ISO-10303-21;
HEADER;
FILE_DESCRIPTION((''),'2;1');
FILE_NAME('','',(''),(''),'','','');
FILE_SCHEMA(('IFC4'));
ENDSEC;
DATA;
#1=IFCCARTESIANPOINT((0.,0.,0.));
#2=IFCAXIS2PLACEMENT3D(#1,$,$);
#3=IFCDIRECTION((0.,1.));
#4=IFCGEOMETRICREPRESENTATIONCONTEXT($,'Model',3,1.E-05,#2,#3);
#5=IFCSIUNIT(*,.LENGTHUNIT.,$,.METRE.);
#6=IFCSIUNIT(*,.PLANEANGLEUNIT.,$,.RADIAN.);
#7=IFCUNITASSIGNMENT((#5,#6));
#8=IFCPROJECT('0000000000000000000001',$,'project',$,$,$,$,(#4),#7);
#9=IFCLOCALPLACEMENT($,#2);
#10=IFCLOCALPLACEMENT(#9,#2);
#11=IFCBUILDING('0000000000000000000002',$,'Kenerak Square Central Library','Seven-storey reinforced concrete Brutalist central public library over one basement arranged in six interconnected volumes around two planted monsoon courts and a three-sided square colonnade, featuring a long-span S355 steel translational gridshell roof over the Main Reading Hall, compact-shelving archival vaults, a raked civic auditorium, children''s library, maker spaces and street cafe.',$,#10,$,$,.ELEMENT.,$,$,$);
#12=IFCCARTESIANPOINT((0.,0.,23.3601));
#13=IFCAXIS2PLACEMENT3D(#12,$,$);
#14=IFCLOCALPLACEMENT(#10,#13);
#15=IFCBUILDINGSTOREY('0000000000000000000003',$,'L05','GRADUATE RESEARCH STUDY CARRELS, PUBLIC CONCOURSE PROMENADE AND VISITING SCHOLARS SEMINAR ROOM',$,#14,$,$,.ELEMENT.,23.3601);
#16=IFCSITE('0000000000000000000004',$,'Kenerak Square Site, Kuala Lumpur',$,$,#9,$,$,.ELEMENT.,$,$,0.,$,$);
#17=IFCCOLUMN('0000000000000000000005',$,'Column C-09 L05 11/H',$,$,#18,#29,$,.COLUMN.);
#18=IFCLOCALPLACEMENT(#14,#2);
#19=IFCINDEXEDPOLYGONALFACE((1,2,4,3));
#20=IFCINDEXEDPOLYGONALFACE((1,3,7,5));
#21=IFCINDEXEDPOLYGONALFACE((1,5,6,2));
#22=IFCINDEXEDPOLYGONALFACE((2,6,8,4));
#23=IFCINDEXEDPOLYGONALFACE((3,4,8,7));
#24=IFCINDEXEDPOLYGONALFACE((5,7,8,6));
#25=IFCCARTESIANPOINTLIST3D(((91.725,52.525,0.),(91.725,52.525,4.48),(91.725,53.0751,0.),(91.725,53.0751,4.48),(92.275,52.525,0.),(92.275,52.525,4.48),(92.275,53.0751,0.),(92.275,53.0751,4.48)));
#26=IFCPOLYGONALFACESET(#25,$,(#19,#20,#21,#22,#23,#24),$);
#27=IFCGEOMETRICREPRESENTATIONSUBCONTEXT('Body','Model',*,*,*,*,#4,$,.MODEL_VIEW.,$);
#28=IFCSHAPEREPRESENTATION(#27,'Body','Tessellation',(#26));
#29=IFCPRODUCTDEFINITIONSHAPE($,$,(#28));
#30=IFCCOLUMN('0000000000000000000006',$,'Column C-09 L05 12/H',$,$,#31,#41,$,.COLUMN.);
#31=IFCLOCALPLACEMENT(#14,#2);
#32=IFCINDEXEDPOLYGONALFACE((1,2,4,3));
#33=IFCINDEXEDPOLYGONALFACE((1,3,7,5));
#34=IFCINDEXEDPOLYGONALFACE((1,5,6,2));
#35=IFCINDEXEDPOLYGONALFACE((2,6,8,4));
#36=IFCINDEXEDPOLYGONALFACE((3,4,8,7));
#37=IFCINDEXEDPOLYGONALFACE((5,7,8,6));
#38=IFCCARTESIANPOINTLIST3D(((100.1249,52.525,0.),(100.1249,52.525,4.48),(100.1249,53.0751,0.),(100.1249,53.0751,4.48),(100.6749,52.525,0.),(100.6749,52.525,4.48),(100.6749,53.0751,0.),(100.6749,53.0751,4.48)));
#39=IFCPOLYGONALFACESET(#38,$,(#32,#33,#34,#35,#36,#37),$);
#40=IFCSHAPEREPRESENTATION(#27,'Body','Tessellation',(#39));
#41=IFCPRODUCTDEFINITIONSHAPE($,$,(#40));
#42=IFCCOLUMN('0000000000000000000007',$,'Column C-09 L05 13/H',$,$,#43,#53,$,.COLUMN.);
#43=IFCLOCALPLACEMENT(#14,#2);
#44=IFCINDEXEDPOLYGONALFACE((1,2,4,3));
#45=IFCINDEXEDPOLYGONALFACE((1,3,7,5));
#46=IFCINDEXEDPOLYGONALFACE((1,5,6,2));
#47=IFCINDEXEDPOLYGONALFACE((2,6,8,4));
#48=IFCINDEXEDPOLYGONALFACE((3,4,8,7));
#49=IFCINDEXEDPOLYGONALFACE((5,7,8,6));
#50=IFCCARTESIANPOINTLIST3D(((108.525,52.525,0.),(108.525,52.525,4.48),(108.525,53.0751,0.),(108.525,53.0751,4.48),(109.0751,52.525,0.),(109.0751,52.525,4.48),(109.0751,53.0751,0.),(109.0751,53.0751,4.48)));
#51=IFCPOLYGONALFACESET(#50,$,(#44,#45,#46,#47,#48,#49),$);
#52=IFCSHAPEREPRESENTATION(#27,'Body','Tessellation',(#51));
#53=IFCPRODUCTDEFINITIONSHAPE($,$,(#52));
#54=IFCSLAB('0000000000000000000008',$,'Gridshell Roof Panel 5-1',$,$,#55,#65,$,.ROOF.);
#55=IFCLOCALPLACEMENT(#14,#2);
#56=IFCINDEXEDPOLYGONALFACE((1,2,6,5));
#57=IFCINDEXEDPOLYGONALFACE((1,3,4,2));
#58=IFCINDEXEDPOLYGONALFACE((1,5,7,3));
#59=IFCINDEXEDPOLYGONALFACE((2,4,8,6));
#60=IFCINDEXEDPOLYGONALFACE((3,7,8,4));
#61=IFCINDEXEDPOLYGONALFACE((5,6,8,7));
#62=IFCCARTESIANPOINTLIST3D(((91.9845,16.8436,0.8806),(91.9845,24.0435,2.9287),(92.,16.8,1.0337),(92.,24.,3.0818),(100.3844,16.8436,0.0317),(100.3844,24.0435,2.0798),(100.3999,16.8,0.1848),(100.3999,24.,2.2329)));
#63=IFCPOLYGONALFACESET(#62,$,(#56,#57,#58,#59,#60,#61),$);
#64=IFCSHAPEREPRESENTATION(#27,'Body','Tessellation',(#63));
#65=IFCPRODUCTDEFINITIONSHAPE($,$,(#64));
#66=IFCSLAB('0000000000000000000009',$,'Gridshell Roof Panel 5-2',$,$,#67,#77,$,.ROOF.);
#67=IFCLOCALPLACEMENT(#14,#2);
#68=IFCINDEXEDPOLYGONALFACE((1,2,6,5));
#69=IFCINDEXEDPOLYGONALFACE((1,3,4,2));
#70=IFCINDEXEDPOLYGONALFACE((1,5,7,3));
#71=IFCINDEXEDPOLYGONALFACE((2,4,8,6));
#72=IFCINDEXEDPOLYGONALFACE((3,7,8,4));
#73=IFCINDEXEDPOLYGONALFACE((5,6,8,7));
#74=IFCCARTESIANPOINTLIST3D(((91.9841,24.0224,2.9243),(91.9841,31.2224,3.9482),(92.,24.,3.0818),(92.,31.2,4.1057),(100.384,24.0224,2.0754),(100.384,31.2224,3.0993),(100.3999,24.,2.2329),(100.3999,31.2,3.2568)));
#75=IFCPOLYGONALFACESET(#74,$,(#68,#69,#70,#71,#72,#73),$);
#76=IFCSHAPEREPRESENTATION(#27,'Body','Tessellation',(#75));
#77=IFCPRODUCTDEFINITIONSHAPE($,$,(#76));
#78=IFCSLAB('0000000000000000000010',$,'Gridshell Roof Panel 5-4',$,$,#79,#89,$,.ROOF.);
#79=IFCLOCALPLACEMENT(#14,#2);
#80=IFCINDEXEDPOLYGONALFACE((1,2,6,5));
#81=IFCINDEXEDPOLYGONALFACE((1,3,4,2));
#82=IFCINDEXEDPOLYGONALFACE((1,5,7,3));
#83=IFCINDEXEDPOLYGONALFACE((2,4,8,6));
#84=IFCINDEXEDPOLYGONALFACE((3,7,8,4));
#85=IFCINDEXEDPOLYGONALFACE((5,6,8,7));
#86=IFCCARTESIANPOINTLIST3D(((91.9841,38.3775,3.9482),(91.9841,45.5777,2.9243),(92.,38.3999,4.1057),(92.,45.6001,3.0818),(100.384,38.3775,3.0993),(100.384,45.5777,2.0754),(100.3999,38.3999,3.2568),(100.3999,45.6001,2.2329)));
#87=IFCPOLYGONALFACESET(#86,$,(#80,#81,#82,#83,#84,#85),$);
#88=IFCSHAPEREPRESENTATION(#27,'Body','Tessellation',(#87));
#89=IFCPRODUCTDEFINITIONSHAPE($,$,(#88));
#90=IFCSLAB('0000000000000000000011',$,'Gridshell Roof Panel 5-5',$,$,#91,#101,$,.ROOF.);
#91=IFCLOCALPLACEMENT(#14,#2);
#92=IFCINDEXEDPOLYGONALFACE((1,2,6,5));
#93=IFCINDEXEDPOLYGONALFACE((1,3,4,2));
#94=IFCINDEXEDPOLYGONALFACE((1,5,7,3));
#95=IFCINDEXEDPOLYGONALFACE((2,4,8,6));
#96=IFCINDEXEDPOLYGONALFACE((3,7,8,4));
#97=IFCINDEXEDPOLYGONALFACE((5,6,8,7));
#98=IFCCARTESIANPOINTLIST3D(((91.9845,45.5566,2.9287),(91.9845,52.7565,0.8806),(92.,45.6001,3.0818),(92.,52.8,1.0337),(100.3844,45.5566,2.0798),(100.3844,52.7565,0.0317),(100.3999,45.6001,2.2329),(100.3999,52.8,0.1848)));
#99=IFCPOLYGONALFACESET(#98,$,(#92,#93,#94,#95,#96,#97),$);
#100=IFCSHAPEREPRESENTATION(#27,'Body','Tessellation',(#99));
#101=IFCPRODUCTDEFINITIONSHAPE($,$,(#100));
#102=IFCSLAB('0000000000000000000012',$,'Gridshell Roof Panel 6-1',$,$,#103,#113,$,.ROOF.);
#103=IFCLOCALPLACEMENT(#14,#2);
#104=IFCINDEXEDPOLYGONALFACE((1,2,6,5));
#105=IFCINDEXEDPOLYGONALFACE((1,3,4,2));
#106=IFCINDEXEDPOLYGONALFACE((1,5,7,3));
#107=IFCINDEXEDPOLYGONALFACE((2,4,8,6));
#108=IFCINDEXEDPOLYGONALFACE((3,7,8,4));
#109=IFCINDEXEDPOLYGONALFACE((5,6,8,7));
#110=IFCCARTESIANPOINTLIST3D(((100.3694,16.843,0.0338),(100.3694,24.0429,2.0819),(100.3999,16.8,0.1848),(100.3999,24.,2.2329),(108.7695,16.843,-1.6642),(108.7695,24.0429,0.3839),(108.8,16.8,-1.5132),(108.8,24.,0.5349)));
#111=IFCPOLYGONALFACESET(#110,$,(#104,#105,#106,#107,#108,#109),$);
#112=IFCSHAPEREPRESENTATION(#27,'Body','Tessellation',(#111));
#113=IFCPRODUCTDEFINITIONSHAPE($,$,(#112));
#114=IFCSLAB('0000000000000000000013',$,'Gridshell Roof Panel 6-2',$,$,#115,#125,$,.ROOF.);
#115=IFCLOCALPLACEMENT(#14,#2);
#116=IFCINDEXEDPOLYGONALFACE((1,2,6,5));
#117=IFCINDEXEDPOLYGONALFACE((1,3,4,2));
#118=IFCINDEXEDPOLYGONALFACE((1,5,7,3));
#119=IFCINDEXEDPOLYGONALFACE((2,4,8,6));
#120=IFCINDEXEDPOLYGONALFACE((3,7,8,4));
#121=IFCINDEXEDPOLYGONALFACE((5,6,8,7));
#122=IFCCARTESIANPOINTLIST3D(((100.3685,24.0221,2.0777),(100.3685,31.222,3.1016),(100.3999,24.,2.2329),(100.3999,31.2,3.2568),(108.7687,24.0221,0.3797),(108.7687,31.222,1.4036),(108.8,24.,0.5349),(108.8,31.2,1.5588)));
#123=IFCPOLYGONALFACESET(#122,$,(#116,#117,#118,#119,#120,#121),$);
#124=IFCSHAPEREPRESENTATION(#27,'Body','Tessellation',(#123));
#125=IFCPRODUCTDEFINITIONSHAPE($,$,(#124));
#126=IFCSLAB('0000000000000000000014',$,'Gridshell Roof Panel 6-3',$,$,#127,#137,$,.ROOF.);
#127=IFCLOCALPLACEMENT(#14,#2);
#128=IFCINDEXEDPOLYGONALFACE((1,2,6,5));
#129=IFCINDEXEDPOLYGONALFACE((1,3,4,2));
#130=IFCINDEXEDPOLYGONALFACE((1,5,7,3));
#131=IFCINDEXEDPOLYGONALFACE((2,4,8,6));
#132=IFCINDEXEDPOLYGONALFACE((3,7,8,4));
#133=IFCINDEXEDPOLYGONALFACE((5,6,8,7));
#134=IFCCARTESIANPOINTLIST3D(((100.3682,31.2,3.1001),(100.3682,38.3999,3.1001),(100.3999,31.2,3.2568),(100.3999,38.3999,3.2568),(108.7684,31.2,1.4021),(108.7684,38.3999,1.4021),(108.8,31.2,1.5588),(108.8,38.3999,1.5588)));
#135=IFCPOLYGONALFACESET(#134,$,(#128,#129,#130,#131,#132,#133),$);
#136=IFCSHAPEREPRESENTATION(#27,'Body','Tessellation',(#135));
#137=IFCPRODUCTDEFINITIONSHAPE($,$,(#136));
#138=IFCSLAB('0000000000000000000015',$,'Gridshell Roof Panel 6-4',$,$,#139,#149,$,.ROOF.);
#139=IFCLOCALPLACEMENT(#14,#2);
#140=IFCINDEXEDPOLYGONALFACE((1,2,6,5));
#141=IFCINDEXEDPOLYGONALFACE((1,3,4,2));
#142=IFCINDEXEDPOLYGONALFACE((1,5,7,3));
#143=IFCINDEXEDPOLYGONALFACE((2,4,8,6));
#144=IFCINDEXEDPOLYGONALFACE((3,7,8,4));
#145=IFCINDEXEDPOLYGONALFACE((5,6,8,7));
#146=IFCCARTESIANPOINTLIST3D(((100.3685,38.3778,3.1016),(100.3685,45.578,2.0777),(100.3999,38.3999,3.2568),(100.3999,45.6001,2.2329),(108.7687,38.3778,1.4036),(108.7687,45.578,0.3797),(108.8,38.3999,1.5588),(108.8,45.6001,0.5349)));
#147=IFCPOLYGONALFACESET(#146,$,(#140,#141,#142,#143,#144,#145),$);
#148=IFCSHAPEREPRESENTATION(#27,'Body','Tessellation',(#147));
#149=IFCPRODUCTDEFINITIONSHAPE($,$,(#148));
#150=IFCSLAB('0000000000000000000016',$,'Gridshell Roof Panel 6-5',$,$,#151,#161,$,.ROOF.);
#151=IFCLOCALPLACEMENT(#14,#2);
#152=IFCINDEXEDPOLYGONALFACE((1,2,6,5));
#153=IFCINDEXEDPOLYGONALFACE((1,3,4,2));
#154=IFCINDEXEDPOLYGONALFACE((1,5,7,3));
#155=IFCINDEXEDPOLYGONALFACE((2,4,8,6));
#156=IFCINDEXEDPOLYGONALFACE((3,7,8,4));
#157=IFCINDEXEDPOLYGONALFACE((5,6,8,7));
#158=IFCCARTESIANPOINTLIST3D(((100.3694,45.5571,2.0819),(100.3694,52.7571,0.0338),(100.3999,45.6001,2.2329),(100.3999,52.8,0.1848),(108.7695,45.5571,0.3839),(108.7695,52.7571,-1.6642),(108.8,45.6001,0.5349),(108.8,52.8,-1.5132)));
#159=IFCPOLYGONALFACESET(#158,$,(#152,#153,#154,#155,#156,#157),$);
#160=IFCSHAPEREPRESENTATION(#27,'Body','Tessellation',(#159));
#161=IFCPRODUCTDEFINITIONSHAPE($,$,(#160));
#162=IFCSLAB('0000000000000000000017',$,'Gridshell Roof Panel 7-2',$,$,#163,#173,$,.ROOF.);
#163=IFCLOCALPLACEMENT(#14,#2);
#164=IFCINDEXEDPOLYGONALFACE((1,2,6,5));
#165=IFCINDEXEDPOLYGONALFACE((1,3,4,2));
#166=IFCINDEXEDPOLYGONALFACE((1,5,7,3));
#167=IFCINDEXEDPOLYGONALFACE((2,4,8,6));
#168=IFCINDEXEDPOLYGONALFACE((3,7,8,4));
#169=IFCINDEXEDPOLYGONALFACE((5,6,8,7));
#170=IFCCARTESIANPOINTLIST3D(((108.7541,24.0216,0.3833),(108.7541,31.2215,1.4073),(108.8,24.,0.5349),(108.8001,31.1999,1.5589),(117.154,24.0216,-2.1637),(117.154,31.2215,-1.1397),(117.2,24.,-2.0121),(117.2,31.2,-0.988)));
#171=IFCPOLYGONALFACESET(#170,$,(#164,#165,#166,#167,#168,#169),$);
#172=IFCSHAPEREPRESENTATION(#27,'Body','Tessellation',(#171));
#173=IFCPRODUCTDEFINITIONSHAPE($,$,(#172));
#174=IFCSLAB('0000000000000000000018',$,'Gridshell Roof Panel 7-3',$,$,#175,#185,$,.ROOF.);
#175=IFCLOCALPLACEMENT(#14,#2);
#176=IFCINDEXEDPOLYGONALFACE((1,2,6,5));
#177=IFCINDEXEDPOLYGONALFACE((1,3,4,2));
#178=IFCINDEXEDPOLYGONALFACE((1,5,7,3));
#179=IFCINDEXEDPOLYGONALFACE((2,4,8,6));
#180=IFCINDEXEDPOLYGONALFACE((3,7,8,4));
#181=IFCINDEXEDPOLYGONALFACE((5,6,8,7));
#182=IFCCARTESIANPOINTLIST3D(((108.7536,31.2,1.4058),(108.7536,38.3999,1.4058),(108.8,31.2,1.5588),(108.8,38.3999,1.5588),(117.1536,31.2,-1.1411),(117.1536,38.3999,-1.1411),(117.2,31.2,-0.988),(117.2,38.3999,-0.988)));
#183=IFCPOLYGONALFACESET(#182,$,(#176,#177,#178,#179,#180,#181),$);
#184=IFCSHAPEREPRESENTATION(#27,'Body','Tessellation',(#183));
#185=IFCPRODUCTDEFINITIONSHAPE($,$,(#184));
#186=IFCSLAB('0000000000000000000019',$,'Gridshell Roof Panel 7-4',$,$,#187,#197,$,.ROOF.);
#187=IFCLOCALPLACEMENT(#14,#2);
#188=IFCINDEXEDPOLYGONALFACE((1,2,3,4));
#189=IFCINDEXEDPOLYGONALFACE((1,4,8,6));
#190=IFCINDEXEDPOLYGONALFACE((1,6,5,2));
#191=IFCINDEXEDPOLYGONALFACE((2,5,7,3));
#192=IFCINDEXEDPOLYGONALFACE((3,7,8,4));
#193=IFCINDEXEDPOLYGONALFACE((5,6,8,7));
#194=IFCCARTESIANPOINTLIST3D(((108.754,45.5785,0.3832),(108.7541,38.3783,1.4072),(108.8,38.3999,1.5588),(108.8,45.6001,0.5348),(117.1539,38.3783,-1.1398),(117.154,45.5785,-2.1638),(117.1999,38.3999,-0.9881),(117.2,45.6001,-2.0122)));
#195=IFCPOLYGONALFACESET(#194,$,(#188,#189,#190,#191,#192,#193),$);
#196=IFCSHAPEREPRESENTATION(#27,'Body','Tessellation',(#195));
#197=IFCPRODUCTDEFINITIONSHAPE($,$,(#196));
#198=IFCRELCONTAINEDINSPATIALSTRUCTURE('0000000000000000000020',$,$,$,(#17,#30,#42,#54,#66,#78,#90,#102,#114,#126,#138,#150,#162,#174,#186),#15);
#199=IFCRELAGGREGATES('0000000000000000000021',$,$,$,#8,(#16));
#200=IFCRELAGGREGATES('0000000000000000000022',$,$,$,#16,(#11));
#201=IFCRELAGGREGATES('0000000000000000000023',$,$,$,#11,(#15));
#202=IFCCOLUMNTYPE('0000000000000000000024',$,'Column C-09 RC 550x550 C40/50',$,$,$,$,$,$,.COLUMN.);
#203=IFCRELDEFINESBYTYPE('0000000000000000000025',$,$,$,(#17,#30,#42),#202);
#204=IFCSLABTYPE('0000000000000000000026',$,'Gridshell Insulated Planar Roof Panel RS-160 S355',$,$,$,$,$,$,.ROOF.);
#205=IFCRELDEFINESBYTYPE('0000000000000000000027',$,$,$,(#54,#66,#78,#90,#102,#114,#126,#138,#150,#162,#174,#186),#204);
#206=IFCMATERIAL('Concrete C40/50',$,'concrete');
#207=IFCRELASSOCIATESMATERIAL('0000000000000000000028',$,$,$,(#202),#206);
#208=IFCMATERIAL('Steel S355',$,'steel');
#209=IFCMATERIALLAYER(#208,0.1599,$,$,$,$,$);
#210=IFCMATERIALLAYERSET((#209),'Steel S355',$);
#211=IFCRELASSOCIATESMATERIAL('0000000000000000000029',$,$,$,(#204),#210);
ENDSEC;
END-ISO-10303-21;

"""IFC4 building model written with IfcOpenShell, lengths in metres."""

from ifc_helpers import new_model, si_unit, direction, frame, origin, origin_2d, place, context, subcontext, project, spatial, polyline, rectangle, outline, extrude, material, layer, layer_set, material_profile, profile_set, type_object, element, save


model = new_model("IFC4")

# Units and contexts
model_context = context("Model", 3, precision=1e-05, world=origin(), true_north=direction((0.0, 1.0)))
body_context = subcontext(model_context, "Body", "Model", "MODEL_VIEW")
ifc_project = project(units=[si_unit("LENGTHUNIT", "METRE"), si_unit("PLANEANGLEUNIT", "RADIAN")], contexts=[model_context])

# Site, building, storey
site_placement = place(None, origin())
site = spatial("IfcSite", under=ifc_project, at=site_placement, Name="Kenerak Square Site, Kuala Lumpur", CompositionType="ELEMENT", RefElevation=0.0)
building_placement = place(site_placement, origin())
building = spatial("IfcBuilding", under=site, at=building_placement, Name="Kenerak Square Central Library", Description="Seven-storey reinforced concrete Brutalist central public library over one basement arranged in six interconnected volumes around two planted monsoon courts and a three-sided square colonnade, featuring a long-span S355 steel translational gridshell roof over the Main Reading Hall, compact-shelving archival vaults, a raked civic auditorium, children's library, maker spaces and street cafe.", CompositionType="ELEMENT")
storey_placement = place(building_placement, frame((0.0, 0.0, 23.3601)))
storey = spatial("IfcBuildingStorey", under=building, at=storey_placement, Name="L05", Description="GRADUATE RESEARCH STUDY CARRELS, PUBLIC CONCOURSE PROMENADE AND VISITING SCHOLARS SEMINAR ROOM", CompositionType="ELEMENT", Elevation=23.3601)

# Columns
ifc_material_1 = material(Name="Concrete C40/50", Category="concrete")
ifc_material_profile = material_profile(ifc_material_1, rectangle(XDim=0.55, YDim=0.55, at=origin_2d()), Name="RC 550x550")
ifc_profile_set = profile_set([ifc_material_profile], Name="Concrete C40/50")
column_type = type_object("IfcColumnType", Name="Column C-09 RC 550x550 C40/50", PredefinedType="COLUMN", material=ifc_profile_set)
for number, where, z_axis, x_axis, name in (
    (1, (92.0, 52.8, 0.0), (0.0, 0.0, 1.0), (1.0, 0.0, 0.0), "Column C-09 L05 11/H"),
    (2, (100.3999, 52.8, 0.0), (0.0, 0.0, 1.0), (1.0, 0.0, 0.0), "Column C-09 L05 12/H"),
    (3, (108.8, 52.8, 0.0), (0.0, 0.0, 1.0), (1.0, 0.0, 0.0), "Column C-09 L05 13/H"),
):
    element("IfcColumn", number, at=place(storey_placement, frame(where, z_axis=z_axis, x_axis=x_axis)), inside=storey, type_object=column_type, Name=name, PredefinedType="COLUMN", context=body_context, shape_type="SweptSolid", body=[
        extrude(rectangle(XDim=0.55, YDim=0.55, at=origin_2d()), origin(), (0.0, 0.0, 1.0), 4.48),
    ])

# Slabs
ifc_material_2 = material(Name="Steel S355", Category="steel")
ifc_layer_1 = layer(ifc_material_2, 0.1599)
ifc_layer_set_1 = layer_set([ifc_layer_1], Name="Steel S355")
slab_type = type_object("IfcSlabType", Name="Gridshell Insulated Planar Roof Panel RS-160 S355", PredefinedType="ROOF", material=ifc_layer_set_1)
slab_1_placement = place(storey_placement, frame((92.0, 16.8, 1.0337), z_axis=(0.096746, -0.272322, 0.95733), x_axis=(0.994932, 0.0, -0.100546)))
element("IfcSlab", 4, at=slab_1_placement, inside=storey, type_object=slab_type, Name="Gridshell Roof Panel 5-1", PredefinedType="ROOF", context=body_context, shape_type="SweptSolid", body=[
    extrude(outline(polyline([(0.0, 0.0), (8.4427, 0.0), (8.2368, 7.4828), (-0.2059, 7.4828), (0.0, 0.0)])), origin(), (0.0, 0.0, -1.0), 0.1599),
])
slab_2_placement = place(storey_placement, frame((92.0, 24.0, 3.0818), z_axis=(0.099554, -0.140097, 0.98512), x_axis=(0.994932, 0.0, -0.100546)))
element("IfcSlab", 5, at=slab_2_placement, inside=storey, type_object=slab_type, Name="Gridshell Roof Panel 5-2", PredefinedType="ROOF", context=body_context, shape_type="SweptSolid", body=[
    extrude(outline(polyline([(0.0, 0.0), (8.4427, 0.0), (8.3397, 7.2717), (-0.103, 7.2717), (0.0, 0.0)])), origin(), (0.0, 0.0, -1.0), 0.1599),
])
slab_3_placement = place(storey_placement, frame((92.0, 38.3999, 4.1057), z_axis=(0.099554, 0.140092, 0.985121), x_axis=(0.994932, 0.0, -0.100546)))
element("IfcSlab", 6, at=slab_3_placement, inside=storey, type_object=slab_type, Name="Gridshell Roof Panel 5-4", PredefinedType="ROOF", context=body_context, shape_type="SweptSolid", body=[
    extrude(outline(polyline([(0.0, 0.0), (8.4427, 0.0), (8.5456, 7.2719), (0.103, 7.2719), (0.0, 0.0)])), origin(), (0.0, 0.0, -1.0), 0.1599),
])
slab_4_placement = place(storey_placement, frame((92.0, 45.6001, 3.0818), z_axis=(0.096746, 0.272322, 0.95733), x_axis=(0.994932, 0.0, -0.100546)))
element("IfcSlab", 7, at=slab_4_placement, inside=storey, type_object=slab_type, Name="Gridshell Roof Panel 5-5", PredefinedType="ROOF", context=body_context, shape_type="SweptSolid", body=[
    extrude(outline(polyline([(0.0, 0.0), (8.4427, 0.0), (8.6486, 7.4828), (0.2059, 7.4828), (0.0, 0.0)])), origin(), (0.0, 0.0, -1.0), 0.1599),
])
slab_5_placement = place(storey_placement, frame((100.3999, 16.8, 0.1848), z_axis=(0.190852, -0.268576, 0.944162), x_axis=(0.980175, 0.0, -0.198132)))
element("IfcSlab", 8, at=slab_5_placement, inside=storey, type_object=slab_type, Name="Gridshell Roof Panel 6-1", PredefinedType="ROOF", context=body_context, shape_type="SweptSolid", body=[
    extrude(outline(polyline([(0.0, 0.0), (8.57, 0.0), (8.1643, 7.4746), (-0.4058, 7.4746), (0.0, 0.0)])), origin(), (0.0, 0.0, -1.0), 0.1599),
])
slab_6_placement = place(storey_placement, frame((100.3999, 24.0, 2.2329), z_axis=(0.196234, -0.138059, 0.970789), x_axis=(0.980175, 0.0, -0.198132)))
element("IfcSlab", 9, at=slab_6_placement, inside=storey, type_object=slab_type, Name="Gridshell Roof Panel 6-2", PredefinedType="ROOF", context=body_context, shape_type="SweptSolid", body=[
    extrude(outline(polyline([(0.0, 0.0), (8.57, 0.0), (8.3672, 7.2696), (-0.2029, 7.2696), (0.0, 0.0)])), origin(), (0.0, 0.0, -1.0), 0.1599),
])
slab_7_placement = place(storey_placement, frame((100.3999, 31.2, 3.2568), z_axis=(0.198132, 0.0, 0.980175), x_axis=(0.980175, 0.0, -0.198132)))
element("IfcSlab", 10, at=slab_7_placement, inside=storey, type_object=slab_type, Name="Gridshell Roof Panel 6-3", PredefinedType="ROOF", context=body_context, shape_type="SweptSolid", body=[
    extrude(outline(polyline([(0.0, 0.0), (8.57, 0.0), (8.57, 7.2), (0.0, 7.2), (0.0, 0.0)])), origin(), (0.0, 0.0, -1.0), 0.1599),
])
slab_8_placement = place(storey_placement, frame((100.3999, 38.3999, 3.2568), z_axis=(0.196235, 0.138054, 0.97079), x_axis=(0.980175, 0.0, -0.198132)))
element("IfcSlab", 11, at=slab_8_placement, inside=storey, type_object=slab_type, Name="Gridshell Roof Panel 6-4", PredefinedType="ROOF", context=body_context, shape_type="SweptSolid", body=[
    extrude(outline(polyline([(0.0, 0.0), (8.57, 0.0), (8.7729, 7.2698), (0.2029, 7.2698), (0.0, 0.0)])), origin(), (0.0, 0.0, -1.0), 0.1599),
])
slab_9_placement = place(storey_placement, frame((100.3999, 45.6001, 2.2329), z_axis=(0.190852, 0.268576, 0.944162), x_axis=(0.980175, 0.0, -0.198132)))
element("IfcSlab", 12, at=slab_9_placement, inside=storey, type_object=slab_type, Name="Gridshell Roof Panel 6-5", PredefinedType="ROOF", context=body_context, shape_type="SweptSolid", body=[
    extrude(outline(polyline([(0.0, 0.0), (8.57, 0.0), (8.9758, 7.4746), (0.4058, 7.4746), (0.0, 0.0)])), origin(), (0.0, 0.0, -1.0), 0.1599),
])
slab_10_placement = place(storey_placement, frame((108.8, 24.0, 0.5349), z_axis=(0.28752, -0.134867, 0.948232), x_axis=(0.956975, -0.000002, -0.290172)))
element("IfcSlab", 13, at=slab_10_placement, inside=storey, type_object=slab_type, Name="Gridshell Roof Panel 7-2", PredefinedType="ROOF", context=body_context, shape_type="SweptSolid", body=[
    extrude(outline(polyline([(0.0, 0.0), (8.7776, 0.0), (8.4804, 7.2664), (-0.2971, 7.2663), (0.0, 0.0)])), origin(), (0.0, 0.0, -1.0), 0.1599),
])
slab_11_placement = place(storey_placement, frame((108.8, 31.2, 1.5588), z_axis=(0.290159, 0.0, 0.956979), x_axis=(0.956979, 0.0, -0.290159)))
element("IfcSlab", 14, at=slab_11_placement, inside=storey, type_object=slab_type, Name="Gridshell Roof Panel 7-3", PredefinedType="ROOF", context=body_context, shape_type="SweptSolid", body=[
    extrude(outline(polyline([(0.0, 0.0), (8.7775, 0.0), (8.7775, 7.2), (0.0, 7.2), (0.0, 0.0)])), origin(), (0.0, 0.0, -1.0), 0.1599),
])
slab_12_placement = place(storey_placement, frame((108.8, 38.3999, 1.5588), z_axis=(0.287521, 0.134862, 0.948232), x_axis=(0.956975, -0.000002, -0.290171)))
element("IfcSlab", 15, at=slab_12_placement, inside=storey, type_object=slab_type, Name="Gridshell Roof Panel 7-4", PredefinedType="ROOF", context=body_context, shape_type="SweptSolid", body=[
    extrude(outline(polyline([(0.0, 0.0), (8.7775, 0.0), (9.0747, 7.2666), (0.2971, 7.2666), (0.0, 0.0)])), origin(), (0.0, 0.0, -1.0), 0.1599),
])

save(model, "model.ifc")
